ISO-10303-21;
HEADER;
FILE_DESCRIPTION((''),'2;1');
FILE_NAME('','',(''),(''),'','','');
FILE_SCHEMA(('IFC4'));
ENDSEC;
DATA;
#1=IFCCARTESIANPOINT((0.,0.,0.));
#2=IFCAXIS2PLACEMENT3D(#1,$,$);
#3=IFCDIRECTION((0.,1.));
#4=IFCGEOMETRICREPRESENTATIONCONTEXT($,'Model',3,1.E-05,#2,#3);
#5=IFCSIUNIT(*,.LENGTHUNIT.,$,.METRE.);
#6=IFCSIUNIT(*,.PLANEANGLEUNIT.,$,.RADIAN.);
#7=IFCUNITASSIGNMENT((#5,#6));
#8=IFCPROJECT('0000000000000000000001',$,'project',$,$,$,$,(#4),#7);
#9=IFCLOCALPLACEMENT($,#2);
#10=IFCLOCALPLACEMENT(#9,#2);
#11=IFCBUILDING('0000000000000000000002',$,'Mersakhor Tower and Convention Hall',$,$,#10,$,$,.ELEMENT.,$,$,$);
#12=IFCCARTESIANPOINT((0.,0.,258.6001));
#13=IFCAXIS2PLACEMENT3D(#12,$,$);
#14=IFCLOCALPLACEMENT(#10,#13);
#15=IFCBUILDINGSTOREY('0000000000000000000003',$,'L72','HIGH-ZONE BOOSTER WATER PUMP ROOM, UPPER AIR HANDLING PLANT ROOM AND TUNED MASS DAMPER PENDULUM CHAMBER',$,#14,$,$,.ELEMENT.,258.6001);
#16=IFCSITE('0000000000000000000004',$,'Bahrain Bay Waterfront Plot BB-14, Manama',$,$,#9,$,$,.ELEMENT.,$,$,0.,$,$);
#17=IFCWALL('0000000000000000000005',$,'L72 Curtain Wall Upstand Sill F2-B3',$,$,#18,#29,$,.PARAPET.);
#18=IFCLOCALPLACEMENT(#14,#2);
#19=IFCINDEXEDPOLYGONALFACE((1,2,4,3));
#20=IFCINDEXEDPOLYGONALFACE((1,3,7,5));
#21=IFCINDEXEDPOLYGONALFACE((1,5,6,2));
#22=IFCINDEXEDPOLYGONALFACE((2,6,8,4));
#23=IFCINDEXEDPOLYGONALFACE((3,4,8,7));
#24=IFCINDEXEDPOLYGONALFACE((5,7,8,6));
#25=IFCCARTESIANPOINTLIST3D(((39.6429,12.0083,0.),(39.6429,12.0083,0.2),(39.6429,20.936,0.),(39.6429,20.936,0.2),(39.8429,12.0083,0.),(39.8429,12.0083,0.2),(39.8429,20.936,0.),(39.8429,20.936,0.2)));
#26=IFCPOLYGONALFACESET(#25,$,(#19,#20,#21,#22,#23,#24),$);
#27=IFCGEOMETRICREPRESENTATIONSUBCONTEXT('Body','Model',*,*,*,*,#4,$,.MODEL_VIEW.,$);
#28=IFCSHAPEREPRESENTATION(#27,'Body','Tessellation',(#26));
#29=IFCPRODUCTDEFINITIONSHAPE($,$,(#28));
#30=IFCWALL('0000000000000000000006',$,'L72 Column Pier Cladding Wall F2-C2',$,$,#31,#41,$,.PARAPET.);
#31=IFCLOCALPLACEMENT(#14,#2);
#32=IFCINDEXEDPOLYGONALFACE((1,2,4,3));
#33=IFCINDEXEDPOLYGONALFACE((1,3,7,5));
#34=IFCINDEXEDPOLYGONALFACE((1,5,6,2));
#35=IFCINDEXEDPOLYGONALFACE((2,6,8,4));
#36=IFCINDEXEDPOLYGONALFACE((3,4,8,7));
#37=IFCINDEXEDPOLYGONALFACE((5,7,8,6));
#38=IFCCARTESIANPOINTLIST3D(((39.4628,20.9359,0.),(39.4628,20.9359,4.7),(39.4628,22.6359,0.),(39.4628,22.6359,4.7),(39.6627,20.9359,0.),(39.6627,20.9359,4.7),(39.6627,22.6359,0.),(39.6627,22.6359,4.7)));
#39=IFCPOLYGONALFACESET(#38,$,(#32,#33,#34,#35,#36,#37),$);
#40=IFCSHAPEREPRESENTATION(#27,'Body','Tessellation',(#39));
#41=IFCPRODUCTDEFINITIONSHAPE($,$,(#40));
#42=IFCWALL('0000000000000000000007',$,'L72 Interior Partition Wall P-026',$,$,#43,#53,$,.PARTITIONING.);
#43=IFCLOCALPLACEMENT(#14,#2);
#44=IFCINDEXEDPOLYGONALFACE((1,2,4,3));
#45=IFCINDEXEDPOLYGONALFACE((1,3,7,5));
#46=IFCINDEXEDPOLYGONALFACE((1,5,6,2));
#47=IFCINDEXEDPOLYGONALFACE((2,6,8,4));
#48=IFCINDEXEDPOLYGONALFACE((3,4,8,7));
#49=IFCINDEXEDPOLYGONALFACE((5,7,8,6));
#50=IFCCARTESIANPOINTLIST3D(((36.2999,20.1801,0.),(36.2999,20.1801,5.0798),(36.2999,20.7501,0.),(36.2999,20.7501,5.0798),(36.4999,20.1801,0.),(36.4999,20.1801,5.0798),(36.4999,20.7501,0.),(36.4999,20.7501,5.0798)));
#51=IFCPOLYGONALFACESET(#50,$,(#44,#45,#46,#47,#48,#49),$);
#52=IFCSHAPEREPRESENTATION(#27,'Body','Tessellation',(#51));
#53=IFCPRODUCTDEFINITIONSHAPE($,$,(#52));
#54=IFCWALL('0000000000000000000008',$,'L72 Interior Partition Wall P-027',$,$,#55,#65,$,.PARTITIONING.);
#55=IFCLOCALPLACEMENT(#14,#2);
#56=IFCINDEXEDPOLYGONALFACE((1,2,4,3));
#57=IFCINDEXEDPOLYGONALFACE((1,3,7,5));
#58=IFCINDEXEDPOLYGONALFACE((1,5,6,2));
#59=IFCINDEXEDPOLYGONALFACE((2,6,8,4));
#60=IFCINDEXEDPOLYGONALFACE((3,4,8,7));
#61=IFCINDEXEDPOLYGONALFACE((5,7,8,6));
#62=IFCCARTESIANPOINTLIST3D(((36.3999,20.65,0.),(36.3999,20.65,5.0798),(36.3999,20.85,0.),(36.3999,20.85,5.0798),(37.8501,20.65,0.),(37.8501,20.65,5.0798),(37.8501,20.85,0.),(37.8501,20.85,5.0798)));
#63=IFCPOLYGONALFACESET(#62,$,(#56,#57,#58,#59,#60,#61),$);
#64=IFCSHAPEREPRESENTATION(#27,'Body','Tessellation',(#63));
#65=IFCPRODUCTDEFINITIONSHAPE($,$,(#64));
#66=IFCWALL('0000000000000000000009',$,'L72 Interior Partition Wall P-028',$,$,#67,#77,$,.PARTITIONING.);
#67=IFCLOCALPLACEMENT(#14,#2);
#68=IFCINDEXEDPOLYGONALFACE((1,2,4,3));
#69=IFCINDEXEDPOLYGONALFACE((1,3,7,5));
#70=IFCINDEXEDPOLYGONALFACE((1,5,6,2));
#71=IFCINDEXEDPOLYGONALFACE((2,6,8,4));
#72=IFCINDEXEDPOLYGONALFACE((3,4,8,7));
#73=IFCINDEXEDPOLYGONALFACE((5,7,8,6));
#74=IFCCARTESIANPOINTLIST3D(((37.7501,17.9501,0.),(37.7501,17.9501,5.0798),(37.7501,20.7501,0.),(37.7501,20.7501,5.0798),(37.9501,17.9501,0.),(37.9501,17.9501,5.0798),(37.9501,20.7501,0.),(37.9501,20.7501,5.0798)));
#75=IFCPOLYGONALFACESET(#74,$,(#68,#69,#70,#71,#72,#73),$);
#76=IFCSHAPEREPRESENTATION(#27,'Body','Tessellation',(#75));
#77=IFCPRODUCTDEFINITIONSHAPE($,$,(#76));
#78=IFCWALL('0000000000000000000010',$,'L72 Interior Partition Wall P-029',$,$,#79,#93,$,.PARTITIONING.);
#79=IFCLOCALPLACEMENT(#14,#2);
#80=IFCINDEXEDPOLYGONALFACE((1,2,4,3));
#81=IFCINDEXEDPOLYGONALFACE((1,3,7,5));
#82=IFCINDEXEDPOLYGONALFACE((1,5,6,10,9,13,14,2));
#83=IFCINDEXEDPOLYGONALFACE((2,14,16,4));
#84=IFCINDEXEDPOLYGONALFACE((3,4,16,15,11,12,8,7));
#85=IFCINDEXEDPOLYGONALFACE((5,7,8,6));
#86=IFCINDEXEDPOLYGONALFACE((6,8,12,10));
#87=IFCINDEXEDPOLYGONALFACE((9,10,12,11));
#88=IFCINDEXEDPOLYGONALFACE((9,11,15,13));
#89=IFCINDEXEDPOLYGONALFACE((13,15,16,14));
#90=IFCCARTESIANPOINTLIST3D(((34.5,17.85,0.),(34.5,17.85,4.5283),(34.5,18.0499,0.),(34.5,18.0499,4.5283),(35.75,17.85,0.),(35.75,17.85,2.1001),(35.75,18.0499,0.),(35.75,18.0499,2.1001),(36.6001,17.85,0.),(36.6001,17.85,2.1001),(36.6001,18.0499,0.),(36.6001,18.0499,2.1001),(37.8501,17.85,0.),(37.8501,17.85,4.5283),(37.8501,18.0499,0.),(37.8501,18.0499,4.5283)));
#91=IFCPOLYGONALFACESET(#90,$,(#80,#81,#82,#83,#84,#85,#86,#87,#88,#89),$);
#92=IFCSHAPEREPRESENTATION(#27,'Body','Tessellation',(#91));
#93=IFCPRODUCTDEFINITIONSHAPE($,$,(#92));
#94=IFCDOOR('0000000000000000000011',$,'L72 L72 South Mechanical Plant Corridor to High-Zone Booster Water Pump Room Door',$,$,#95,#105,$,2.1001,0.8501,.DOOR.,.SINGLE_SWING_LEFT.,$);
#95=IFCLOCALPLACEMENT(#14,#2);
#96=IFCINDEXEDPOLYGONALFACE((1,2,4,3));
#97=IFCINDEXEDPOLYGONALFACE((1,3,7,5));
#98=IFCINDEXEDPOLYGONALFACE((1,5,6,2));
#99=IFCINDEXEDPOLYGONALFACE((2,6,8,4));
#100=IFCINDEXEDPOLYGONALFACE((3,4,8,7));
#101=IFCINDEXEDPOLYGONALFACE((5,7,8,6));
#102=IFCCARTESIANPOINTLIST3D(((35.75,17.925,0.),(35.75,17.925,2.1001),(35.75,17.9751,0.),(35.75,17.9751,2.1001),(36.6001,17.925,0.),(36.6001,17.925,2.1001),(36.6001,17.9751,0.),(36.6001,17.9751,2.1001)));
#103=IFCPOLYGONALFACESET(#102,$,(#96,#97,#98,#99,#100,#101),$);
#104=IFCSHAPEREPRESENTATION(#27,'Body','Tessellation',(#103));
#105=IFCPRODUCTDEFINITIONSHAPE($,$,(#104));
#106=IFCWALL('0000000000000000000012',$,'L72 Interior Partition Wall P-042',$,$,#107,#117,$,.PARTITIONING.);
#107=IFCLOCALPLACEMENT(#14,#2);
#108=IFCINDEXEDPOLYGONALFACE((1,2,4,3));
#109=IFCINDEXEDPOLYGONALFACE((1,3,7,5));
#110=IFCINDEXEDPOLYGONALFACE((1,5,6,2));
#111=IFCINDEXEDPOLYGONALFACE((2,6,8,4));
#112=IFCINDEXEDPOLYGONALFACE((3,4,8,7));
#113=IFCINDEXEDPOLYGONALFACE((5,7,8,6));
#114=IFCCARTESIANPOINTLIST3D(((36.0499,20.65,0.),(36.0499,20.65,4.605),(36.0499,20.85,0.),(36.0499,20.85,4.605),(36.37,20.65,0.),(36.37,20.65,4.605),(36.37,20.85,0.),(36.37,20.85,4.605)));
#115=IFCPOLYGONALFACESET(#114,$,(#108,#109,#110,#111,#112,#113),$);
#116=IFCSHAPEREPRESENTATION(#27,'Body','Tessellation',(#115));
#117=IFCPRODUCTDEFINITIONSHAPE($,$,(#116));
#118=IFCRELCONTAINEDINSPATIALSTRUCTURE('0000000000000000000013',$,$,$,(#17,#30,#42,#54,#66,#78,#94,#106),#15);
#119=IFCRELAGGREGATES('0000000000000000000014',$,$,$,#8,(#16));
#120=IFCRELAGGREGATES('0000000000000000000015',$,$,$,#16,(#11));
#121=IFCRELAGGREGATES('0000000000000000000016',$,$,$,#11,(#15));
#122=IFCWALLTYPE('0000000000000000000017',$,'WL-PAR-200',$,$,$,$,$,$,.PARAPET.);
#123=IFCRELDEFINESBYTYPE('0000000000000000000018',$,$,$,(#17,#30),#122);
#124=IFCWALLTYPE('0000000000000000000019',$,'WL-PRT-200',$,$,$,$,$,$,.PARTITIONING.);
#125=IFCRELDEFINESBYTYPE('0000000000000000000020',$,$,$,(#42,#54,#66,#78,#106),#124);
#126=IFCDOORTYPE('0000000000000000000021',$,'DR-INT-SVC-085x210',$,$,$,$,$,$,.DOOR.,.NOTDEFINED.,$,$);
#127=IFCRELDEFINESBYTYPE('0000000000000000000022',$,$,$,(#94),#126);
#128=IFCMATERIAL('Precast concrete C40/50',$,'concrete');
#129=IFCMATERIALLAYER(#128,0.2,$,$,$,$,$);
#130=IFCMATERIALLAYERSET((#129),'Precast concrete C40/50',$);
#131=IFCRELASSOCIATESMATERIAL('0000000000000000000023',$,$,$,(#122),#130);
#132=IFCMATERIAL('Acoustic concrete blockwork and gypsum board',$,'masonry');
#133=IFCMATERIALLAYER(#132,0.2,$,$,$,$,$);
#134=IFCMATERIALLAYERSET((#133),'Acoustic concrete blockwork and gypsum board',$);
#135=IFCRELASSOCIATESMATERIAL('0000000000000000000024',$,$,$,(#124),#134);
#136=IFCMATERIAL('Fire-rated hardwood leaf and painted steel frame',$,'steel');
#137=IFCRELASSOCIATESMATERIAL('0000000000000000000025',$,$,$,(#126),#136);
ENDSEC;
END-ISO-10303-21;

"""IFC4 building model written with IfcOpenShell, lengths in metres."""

from ifc_helpers import new_model, si_unit, direction, frame, frame_2d, origin, place, context, subcontext, project, spatial, rectangle, extrude, material, layer, layer_set, type_object, element, fill, save


model = new_model("IFC4")

# Units and contexts
model_context = context("Model", 3, precision=1e-05, world=origin(), true_north=direction((0.0, 1.0)))
body_context = subcontext(model_context, "Body", "Model", "MODEL_VIEW")
ifc_project = project(units=[si_unit("LENGTHUNIT", "METRE"), si_unit("PLANEANGLEUNIT", "RADIAN")], contexts=[model_context])

# Site, building, storey
site_placement = place(None, origin())
site = spatial("IfcSite", under=ifc_project, at=site_placement, Name="Bahrain Bay Waterfront Plot BB-14, Manama", CompositionType="ELEMENT", RefElevation=0.0)
building_placement = place(site_placement, origin())
building = spatial("IfcBuilding", under=site, at=building_placement, Name="Mersakhor Tower and Convention Hall", CompositionType="ELEMENT")
storey_placement = place(building_placement, frame((0.0, 0.0, 258.6001)))
storey = spatial("IfcBuildingStorey", under=building, at=storey_placement, Name="L72", Description="HIGH-ZONE BOOSTER WATER PUMP ROOM, UPPER AIR HANDLING PLANT ROOM AND TUNED MASS DAMPER PENDULUM CHAMBER", CompositionType="ELEMENT", Elevation=258.6001)

# Walls
ifc_material_1 = material(Name="Precast concrete C40/50", Category="concrete")
ifc_layer_1 = layer(ifc_material_1, 0.2)
ifc_layer_set_1 = layer_set([ifc_layer_1], Name="Precast concrete C40/50")
wall_type_1 = type_object("IfcWallType", Name="WL-PAR-200", PredefinedType="PARAPET", material=ifc_layer_set_1)
wall_1_placement = place(storey_placement, frame((39.7429, 20.936, 0.0), z_axis=(0.0, 0.0, 1.0), x_axis=(0.0, -1.0, 0.0)))
element("IfcWall", 1, at=wall_1_placement, inside=storey, type_object=wall_type_1, Name="L72 Curtain Wall Upstand Sill F2-B3", PredefinedType="PARAPET", context=body_context, shape_type="SweptSolid", body=[
    extrude(rectangle(XDim=8.9277, YDim=0.2, at=frame_2d((4.4639, 0.0))), origin(), (0.0, 0.0, 1.0), 0.2),
])
wall_2_placement = place(storey_placement, frame((39.5627, 22.636, 0.0), z_axis=(0.0, 0.0, 1.0), x_axis=(0.0, -1.0, 0.0)))
element("IfcWall", 2, at=wall_2_placement, inside=storey, type_object=wall_type_1, Name="L72 Column Pier Cladding Wall F2-C2", PredefinedType="PARAPET", context=body_context, shape_type="SweptSolid", body=[
    extrude(rectangle(XDim=1.7, YDim=0.2, at=frame_2d((0.8501, 0.0))), origin(), (0.0, 0.0, 1.0), 4.7),
])
ifc_material_2 = material(Name="Acoustic concrete blockwork and gypsum board", Category="masonry")
ifc_layer_2 = layer(ifc_material_2, 0.2)
ifc_layer_set_2 = layer_set([ifc_layer_2], Name="Acoustic concrete blockwork and gypsum board")
wall_type_2 = type_object("IfcWallType", Name="WL-PRT-200", PredefinedType="PARTITIONING", material=ifc_layer_set_2)
wall_3_placement = place(storey_placement, frame((36.3999, 20.1799, 0.0), z_axis=(0.0, 0.0, 1.0), x_axis=(0.0, 1.0, 0.0)))
element("IfcWall", 3, at=wall_3_placement, inside=storey, type_object=wall_type_2, Name="L72 Interior Partition Wall P-026", PredefinedType="PARTITIONING", context=body_context, shape_type="SweptSolid", body=[
    extrude(rectangle(XDim=0.5701, YDim=0.2, at=frame_2d((0.2852, 0.0))), origin(), (0.0, 0.0, 1.0), 5.0798),
])
wall_4_placement = place(storey_placement, frame((36.3999, 20.75, 0.0), z_axis=(0.0, 0.0, 1.0), x_axis=(1.0, 0.0, 0.0)))
element("IfcWall", 4, at=wall_4_placement, inside=storey, type_object=wall_type_2, Name="L72 Interior Partition Wall P-027", PredefinedType="PARTITIONING", context=body_context, shape_type="SweptSolid", body=[
    extrude(rectangle(XDim=1.4502, YDim=0.2, at=frame_2d((0.7251, 0.0))), origin(), (0.0, 0.0, 1.0), 5.0798),
])
wall_5_placement = place(storey_placement, frame((37.8501, 20.75, 0.0), z_axis=(0.0, 0.0, 1.0), x_axis=(0.0, -1.0, 0.0)))
element("IfcWall", 5, at=wall_5_placement, inside=storey, type_object=wall_type_2, Name="L72 Interior Partition Wall P-028", PredefinedType="PARTITIONING", context=body_context, shape_type="SweptSolid", body=[
    extrude(rectangle(XDim=2.8, YDim=0.2, at=frame_2d((1.3999, 0.0))), origin(), (0.0, 0.0, 1.0), 5.0798),
])

# Wall, opening, door
wall_6_placement = place(storey_placement, frame((37.8501, 17.95, 0.0), z_axis=(0.0, 0.0, 1.0), x_axis=(-1.0, 0.0, 0.0)))
wall_6 = element("IfcWall", 6, at=wall_6_placement, inside=storey, type_object=wall_type_2, Name="L72 Interior Partition Wall P-029", PredefinedType="PARTITIONING", context=body_context, shape_type="SweptSolid", body=[
    extrude(rectangle(XDim=3.3501, YDim=0.2, at=frame_2d((1.675, 0.0))), origin(), (0.0, 0.0, 1.0), 4.5283),
])
opening_placement = place(wall_6_placement, frame((1.25, 0.0, 0.0)))
opening = element("IfcOpeningElement", 7, at=opening_placement, cuts=wall_6, PredefinedType="OPENING", context=body_context, shape_type="SweptSolid", body=[
    extrude(rectangle(XDim=0.8501, YDim=2.1001, at=frame_2d((0.425, 1.05))), frame((0.0, 0.1099, 0.0), z_axis=(0.0, -1.0, 0.0), x_axis=(1.0, 0.0, 0.0)), (0.0, 0.0, 1.0), 0.22),
])
ifc_material_3 = material(Name="Fire-rated hardwood leaf and painted steel frame", Category="steel")
door_type = type_object("IfcDoorType", Name="DR-INT-SVC-085x210", OperationType="NOTDEFINED", PredefinedType="DOOR", material=ifc_material_3)
door_placement = place(opening_placement, origin())
door = element("IfcDoor", 8, at=door_placement, inside=storey, type_object=door_type, Name="L72 L72 South Mechanical Plant Corridor to High-Zone Booster Water Pump Room Door", OperationType="SINGLE_SWING_LEFT", OverallHeight=2.1001, OverallWidth=0.8501, PredefinedType="DOOR", context=body_context, shape_type="SweptSolid", body=[
    extrude(rectangle(XDim=0.8501, YDim=2.1001, at=frame_2d((0.425, 1.05))), frame((0.0, 0.0249, 0.0), z_axis=(0.0, -1.0, 0.0), x_axis=(1.0, 0.0, 0.0)), (0.0, 0.0, 1.0), 0.05),
])
fill(opening, door)

# Wall
wall_7_placement = place(storey_placement, frame((36.3701, 20.75, 0.0), z_axis=(0.0, 0.0, 1.0), x_axis=(-1.0, 0.0, 0.0)))
element("IfcWall", 9, at=wall_7_placement, inside=storey, type_object=wall_type_2, Name="L72 Interior Partition Wall P-042", PredefinedType="PARTITIONING", context=body_context, shape_type="SweptSolid", body=[
    extrude(rectangle(XDim=0.3201, YDim=0.2, at=frame_2d((0.1602, 0.0))), origin(), (0.0, 0.0, 1.0), 4.605),
])

save(model, "model.ifc")
